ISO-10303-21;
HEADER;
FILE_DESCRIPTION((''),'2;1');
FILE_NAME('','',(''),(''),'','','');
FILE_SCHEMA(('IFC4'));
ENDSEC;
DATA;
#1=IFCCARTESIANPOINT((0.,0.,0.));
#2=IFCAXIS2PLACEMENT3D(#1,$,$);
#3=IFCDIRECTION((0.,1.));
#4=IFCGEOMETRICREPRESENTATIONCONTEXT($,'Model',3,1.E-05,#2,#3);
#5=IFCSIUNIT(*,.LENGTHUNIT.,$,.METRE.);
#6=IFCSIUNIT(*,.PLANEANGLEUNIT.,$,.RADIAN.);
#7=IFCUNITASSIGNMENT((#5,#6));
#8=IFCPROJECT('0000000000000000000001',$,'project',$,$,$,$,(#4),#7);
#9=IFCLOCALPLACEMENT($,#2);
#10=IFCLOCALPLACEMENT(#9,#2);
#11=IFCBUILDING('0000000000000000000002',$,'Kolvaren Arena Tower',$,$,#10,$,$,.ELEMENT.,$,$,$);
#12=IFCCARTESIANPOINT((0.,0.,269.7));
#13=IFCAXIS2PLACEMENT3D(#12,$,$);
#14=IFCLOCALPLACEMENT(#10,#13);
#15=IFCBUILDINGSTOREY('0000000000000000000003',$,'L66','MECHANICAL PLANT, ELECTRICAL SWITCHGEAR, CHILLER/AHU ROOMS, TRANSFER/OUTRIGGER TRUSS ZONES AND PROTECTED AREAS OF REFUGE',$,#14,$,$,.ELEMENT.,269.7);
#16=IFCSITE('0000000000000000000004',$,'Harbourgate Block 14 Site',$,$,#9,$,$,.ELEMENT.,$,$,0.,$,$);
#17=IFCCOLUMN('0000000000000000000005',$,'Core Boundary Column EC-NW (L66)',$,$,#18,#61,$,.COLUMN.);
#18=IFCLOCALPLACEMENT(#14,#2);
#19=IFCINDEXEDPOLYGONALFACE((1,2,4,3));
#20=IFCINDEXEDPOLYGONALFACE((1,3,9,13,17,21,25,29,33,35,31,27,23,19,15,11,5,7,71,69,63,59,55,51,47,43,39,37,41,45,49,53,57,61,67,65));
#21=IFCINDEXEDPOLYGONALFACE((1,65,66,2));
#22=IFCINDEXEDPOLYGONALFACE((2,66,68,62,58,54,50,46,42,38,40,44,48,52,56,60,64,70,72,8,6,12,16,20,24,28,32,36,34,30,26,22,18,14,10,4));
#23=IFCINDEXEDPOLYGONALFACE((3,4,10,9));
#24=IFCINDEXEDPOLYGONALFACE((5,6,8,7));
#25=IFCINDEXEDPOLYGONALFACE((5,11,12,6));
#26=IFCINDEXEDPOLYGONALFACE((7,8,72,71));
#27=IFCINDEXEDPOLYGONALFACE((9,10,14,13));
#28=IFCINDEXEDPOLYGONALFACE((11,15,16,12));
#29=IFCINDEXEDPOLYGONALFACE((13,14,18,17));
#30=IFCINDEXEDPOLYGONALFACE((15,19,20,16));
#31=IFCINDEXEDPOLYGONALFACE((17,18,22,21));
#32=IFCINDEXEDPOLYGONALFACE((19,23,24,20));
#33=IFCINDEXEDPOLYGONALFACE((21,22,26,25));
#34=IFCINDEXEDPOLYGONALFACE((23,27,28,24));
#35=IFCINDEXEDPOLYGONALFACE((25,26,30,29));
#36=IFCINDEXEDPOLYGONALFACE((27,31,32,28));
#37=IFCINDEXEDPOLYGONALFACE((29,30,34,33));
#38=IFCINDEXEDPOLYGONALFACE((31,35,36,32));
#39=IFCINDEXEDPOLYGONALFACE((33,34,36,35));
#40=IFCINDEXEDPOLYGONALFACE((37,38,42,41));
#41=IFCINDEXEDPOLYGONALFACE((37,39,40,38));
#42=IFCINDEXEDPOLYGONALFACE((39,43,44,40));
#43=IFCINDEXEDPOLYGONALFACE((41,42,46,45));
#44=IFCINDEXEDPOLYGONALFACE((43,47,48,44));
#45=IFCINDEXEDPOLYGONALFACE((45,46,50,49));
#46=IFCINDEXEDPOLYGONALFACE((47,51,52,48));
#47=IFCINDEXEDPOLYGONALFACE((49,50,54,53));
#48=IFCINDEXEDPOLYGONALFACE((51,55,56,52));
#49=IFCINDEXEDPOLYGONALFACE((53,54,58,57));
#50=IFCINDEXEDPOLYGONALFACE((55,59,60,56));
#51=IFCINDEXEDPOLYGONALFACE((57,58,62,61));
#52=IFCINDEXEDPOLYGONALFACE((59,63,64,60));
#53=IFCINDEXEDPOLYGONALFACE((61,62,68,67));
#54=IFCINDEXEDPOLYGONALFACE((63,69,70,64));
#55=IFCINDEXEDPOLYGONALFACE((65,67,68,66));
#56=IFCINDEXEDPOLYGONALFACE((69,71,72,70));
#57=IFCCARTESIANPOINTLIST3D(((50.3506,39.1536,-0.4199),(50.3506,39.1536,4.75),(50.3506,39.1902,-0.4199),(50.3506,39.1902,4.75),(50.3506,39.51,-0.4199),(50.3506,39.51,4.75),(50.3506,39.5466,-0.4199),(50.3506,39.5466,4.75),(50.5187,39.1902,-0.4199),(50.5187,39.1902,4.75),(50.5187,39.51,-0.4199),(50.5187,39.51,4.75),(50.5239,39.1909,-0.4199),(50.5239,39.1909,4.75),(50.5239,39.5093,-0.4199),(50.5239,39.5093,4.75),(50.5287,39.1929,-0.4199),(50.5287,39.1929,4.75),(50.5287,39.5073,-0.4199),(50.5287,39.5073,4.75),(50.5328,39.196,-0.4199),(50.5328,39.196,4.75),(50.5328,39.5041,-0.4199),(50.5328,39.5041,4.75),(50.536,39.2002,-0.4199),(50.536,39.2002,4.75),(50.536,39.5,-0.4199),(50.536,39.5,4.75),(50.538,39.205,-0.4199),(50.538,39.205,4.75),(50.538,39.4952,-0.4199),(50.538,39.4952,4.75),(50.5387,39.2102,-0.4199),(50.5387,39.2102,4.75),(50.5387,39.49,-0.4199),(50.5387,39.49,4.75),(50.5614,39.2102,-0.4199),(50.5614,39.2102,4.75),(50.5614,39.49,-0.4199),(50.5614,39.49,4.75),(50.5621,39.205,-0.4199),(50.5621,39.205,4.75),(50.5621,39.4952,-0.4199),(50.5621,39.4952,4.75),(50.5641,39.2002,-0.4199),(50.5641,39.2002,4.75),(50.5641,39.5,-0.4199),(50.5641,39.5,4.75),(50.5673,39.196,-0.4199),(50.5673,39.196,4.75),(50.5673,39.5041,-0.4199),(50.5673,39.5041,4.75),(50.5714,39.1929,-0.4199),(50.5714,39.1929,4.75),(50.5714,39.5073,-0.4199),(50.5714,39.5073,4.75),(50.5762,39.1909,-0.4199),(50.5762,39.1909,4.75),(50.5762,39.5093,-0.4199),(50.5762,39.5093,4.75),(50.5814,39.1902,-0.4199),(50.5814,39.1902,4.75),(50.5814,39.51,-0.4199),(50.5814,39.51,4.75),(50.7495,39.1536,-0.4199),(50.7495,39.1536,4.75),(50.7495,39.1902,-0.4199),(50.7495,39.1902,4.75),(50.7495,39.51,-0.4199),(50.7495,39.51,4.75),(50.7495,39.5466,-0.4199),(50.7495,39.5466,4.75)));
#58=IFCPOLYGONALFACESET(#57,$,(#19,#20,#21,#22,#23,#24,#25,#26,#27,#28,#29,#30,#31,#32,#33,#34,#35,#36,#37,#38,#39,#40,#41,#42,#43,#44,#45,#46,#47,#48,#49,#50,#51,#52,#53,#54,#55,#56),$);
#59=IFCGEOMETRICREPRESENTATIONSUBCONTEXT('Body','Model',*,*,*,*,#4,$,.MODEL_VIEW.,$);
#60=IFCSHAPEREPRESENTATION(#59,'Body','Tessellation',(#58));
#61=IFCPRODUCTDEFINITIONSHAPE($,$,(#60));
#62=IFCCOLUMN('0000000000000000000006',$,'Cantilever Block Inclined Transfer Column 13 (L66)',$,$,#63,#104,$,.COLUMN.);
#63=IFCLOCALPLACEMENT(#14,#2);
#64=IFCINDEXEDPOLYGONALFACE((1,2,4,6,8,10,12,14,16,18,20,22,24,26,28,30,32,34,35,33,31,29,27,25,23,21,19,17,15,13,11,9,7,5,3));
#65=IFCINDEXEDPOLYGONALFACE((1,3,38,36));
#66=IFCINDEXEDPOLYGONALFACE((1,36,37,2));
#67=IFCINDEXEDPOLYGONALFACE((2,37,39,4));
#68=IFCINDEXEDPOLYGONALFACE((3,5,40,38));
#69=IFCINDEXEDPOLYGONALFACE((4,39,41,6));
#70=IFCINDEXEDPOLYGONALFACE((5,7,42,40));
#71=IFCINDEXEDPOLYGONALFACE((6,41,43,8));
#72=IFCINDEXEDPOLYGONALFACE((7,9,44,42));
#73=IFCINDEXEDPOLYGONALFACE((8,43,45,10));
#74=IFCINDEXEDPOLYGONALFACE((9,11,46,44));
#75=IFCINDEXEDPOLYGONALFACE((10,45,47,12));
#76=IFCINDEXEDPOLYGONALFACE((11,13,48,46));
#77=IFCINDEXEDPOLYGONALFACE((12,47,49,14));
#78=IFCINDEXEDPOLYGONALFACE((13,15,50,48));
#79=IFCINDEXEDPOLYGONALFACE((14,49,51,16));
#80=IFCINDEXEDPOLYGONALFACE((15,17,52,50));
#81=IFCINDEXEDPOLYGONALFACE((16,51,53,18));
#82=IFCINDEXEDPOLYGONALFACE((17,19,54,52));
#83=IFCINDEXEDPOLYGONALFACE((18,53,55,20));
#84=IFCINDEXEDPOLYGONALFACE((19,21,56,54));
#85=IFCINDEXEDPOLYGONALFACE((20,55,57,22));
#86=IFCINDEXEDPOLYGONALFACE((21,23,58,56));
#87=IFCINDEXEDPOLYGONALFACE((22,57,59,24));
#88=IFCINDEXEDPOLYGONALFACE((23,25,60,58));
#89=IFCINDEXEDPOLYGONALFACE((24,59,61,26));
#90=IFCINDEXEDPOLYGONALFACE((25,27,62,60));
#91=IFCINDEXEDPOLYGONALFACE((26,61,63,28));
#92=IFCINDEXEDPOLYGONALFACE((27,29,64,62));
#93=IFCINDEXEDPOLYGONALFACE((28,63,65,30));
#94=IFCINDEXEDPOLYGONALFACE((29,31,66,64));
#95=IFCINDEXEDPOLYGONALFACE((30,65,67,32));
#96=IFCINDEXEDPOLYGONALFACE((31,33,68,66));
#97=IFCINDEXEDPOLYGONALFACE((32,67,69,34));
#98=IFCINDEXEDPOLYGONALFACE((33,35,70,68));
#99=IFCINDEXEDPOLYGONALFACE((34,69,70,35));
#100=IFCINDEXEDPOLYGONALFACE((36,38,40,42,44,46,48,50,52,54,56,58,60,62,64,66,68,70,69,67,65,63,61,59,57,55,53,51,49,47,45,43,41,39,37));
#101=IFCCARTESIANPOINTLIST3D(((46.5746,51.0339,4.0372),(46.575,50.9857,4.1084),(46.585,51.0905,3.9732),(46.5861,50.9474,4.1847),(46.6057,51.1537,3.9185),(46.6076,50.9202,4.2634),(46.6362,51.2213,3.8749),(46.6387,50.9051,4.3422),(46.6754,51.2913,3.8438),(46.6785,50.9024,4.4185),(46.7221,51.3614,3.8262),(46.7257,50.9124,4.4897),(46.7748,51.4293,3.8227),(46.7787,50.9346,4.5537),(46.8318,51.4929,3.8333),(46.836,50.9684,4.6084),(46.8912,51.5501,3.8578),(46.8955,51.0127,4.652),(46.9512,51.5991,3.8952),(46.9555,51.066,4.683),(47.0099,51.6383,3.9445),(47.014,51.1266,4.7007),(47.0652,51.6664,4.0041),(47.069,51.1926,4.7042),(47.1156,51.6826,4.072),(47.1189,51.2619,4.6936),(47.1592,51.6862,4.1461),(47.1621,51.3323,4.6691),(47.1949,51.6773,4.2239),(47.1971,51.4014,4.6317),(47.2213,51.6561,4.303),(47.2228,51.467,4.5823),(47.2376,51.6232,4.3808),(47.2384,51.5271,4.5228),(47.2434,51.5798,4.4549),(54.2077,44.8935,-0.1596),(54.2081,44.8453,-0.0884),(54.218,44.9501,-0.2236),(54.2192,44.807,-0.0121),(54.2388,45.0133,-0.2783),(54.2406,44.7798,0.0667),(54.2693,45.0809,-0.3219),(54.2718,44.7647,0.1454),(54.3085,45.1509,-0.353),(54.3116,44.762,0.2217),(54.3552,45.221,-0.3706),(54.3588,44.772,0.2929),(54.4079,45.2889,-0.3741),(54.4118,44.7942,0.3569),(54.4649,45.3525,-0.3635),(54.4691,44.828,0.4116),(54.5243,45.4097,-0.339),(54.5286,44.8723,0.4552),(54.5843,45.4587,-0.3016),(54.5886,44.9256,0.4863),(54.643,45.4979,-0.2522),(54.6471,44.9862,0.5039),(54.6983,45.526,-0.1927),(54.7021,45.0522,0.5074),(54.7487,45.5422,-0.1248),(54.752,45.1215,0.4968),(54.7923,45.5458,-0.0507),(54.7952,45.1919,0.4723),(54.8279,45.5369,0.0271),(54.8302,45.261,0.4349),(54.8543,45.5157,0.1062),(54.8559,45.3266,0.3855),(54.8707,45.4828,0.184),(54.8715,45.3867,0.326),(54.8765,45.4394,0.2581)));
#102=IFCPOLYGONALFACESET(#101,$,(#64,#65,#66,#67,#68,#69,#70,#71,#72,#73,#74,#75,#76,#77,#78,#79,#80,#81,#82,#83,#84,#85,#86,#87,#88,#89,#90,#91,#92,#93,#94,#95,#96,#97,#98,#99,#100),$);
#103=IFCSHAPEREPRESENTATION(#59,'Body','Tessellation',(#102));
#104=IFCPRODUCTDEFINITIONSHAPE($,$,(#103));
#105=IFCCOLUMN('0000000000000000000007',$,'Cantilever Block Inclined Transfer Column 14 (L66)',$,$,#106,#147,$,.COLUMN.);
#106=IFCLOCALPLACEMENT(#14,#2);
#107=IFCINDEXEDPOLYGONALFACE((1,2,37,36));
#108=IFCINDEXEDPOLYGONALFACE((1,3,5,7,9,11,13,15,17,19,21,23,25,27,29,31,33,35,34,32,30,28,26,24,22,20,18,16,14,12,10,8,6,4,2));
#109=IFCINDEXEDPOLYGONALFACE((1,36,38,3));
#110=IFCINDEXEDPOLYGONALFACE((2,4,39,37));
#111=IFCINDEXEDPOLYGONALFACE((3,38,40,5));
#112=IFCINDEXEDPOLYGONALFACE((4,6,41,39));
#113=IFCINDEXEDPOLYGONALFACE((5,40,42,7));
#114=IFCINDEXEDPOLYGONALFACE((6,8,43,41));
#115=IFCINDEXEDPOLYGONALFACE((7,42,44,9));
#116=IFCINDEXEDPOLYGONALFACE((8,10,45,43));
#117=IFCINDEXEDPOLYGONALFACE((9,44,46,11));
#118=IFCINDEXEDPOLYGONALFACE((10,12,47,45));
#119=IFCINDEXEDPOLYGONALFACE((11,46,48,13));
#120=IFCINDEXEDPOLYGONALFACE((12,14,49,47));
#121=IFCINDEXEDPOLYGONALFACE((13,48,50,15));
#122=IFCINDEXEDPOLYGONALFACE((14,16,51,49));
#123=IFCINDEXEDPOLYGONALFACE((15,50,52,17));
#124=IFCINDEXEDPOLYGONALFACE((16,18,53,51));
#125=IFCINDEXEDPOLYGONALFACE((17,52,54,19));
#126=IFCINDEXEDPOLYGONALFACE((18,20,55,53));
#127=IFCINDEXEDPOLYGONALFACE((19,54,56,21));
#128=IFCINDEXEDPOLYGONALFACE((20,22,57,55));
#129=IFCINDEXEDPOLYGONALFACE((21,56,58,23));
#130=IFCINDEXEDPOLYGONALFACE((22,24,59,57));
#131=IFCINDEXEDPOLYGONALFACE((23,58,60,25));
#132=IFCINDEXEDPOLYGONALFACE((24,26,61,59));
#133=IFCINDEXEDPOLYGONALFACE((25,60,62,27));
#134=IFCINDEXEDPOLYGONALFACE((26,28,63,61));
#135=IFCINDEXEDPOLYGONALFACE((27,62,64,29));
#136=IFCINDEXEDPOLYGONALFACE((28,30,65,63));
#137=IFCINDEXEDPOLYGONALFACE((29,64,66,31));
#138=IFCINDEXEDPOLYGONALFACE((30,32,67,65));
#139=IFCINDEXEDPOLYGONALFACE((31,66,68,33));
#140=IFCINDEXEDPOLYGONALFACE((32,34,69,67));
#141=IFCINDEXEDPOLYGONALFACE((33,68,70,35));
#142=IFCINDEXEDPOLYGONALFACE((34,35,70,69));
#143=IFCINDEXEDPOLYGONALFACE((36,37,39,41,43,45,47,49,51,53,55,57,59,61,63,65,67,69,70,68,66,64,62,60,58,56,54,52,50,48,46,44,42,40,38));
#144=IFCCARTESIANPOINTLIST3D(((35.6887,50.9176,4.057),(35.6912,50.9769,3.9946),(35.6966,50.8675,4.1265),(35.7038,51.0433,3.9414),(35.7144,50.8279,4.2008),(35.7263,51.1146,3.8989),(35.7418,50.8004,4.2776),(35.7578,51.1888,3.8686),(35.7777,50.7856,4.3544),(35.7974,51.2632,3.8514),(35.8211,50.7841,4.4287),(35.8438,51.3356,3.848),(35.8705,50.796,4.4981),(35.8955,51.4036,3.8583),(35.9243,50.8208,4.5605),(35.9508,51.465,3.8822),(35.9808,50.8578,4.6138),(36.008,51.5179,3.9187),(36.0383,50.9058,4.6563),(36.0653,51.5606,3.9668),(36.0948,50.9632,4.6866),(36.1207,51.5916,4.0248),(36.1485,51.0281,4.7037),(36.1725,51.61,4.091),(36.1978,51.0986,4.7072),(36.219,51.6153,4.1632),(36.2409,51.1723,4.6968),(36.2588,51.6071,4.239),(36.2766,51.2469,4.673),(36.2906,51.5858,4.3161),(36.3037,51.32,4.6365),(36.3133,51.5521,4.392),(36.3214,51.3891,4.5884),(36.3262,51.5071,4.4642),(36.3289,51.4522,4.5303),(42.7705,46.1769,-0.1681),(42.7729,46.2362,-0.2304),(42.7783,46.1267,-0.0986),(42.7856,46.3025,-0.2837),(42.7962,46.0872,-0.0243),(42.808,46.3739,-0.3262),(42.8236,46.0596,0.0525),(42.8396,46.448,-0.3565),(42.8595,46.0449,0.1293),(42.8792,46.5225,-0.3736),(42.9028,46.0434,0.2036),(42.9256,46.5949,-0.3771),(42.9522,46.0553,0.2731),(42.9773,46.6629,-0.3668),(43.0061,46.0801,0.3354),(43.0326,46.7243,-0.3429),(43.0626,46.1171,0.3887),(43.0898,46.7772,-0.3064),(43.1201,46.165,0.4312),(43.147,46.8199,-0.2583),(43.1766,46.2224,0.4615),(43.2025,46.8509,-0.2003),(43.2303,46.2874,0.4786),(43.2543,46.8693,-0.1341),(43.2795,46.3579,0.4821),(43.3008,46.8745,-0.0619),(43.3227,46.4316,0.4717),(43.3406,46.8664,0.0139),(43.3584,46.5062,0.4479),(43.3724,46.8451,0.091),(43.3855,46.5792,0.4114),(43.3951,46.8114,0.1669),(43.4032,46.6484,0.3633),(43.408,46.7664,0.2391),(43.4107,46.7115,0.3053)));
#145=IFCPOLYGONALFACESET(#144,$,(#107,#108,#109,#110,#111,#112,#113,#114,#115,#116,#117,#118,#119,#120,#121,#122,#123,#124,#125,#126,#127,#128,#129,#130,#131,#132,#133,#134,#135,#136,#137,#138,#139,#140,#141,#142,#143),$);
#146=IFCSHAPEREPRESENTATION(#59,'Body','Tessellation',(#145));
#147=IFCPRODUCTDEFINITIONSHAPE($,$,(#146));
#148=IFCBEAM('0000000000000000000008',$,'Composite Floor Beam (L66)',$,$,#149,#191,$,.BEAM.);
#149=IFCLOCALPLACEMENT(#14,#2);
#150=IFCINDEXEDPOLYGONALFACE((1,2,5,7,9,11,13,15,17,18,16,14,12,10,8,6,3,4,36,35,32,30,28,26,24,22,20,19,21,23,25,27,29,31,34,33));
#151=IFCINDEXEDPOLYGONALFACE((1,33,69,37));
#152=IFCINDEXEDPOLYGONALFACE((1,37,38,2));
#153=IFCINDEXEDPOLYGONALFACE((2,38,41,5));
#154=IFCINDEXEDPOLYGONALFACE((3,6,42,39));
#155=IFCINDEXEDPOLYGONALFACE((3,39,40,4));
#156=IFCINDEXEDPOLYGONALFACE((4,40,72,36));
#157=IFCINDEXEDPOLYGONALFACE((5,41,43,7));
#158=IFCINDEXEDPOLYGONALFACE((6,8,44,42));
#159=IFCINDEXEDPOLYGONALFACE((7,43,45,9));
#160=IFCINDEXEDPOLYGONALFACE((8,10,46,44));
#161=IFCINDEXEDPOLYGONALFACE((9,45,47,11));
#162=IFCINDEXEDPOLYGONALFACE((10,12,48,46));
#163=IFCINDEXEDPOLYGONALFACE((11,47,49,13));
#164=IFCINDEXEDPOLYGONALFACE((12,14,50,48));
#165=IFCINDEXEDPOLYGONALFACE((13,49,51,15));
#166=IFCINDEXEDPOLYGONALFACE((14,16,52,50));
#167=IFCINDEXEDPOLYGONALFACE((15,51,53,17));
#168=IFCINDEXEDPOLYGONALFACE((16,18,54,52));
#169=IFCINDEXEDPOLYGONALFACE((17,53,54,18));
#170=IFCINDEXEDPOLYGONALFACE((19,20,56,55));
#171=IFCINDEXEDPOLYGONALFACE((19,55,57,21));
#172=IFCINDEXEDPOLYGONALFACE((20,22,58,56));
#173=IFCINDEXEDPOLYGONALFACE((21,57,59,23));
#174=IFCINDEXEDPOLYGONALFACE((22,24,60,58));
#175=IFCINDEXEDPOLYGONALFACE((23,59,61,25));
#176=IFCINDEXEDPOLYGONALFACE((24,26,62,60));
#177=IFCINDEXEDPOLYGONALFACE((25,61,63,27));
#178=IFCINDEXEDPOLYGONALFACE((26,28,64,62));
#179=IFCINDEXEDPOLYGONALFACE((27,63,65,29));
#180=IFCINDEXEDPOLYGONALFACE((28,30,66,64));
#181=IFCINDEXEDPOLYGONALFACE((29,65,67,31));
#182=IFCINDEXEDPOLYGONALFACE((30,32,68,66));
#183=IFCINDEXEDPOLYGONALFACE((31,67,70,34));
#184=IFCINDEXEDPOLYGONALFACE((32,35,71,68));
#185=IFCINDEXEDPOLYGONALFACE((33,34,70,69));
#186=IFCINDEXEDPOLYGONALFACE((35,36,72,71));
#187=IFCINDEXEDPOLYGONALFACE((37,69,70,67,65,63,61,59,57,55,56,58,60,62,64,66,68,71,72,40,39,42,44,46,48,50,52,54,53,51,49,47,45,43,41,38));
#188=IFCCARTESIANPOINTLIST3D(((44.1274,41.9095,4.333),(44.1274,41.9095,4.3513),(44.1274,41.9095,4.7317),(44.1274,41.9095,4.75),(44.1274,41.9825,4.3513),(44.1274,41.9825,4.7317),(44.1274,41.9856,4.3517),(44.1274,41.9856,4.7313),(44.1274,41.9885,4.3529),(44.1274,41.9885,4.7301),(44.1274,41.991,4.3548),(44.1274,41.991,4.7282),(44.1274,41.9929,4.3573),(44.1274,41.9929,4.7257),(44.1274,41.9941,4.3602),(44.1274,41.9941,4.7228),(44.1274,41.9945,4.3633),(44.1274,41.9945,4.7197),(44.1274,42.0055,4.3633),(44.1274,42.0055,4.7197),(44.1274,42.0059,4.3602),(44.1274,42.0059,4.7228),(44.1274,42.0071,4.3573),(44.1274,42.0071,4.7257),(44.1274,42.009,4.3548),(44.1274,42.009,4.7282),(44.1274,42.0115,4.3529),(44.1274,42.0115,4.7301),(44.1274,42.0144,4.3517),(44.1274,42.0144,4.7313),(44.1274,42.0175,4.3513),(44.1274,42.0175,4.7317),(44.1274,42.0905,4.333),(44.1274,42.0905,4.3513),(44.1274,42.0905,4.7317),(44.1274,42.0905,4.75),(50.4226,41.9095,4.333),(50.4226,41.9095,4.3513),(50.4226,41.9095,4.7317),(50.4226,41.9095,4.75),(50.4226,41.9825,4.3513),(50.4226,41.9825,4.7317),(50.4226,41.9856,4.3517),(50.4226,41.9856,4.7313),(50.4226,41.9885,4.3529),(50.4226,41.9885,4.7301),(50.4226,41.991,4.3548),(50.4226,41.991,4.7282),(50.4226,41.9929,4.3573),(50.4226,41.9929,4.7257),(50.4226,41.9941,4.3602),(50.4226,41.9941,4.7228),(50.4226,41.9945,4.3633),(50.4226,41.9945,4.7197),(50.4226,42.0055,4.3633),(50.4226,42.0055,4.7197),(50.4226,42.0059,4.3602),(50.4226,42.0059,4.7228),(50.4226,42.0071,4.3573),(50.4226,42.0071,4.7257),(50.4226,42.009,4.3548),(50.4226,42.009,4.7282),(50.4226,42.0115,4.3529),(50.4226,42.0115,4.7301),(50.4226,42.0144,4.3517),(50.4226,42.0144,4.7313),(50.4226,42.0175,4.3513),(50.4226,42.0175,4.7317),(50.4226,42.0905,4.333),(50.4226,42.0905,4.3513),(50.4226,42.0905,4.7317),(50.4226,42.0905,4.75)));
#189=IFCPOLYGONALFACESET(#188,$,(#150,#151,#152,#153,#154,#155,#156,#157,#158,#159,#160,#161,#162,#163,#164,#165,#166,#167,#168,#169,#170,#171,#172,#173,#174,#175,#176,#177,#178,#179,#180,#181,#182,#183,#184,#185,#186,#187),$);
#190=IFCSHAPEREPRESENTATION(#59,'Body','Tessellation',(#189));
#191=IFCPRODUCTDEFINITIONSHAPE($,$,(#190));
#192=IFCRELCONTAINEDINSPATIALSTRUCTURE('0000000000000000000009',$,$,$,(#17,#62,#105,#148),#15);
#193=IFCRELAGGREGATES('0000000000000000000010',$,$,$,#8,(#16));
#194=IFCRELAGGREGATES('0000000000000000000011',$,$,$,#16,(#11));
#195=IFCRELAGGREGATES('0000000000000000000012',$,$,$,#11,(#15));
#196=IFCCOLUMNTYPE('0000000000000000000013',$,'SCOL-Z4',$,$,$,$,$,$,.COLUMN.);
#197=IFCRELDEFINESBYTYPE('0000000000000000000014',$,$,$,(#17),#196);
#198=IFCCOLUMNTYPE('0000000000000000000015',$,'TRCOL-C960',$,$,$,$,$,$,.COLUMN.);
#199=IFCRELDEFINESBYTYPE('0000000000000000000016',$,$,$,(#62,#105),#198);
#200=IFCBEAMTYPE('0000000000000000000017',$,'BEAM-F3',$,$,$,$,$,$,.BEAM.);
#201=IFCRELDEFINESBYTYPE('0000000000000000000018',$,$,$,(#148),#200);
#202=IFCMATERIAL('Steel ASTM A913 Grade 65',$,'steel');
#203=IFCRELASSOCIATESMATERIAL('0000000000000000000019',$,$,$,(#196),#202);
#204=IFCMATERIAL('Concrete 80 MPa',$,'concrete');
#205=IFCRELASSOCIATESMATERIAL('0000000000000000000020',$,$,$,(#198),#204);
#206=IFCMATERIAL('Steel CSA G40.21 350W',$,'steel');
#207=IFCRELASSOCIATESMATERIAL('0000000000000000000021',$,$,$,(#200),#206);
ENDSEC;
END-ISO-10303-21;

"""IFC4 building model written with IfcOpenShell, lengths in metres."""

from ifc_helpers import new_model, si_unit, direction, frame, origin, origin_2d, place, context, subcontext, project, spatial, circle, i_section, extrude, material, material_profile, profile_set, type_object, element, save


model = new_model("IFC4")

# Units and contexts
model_context = context("Model", 3, precision=1e-05, world=origin(), true_north=direction((0.0, 1.0)))
body_context = subcontext(model_context, "Body", "Model", "MODEL_VIEW")
ifc_project = project(units=[si_unit("LENGTHUNIT", "METRE"), si_unit("PLANEANGLEUNIT", "RADIAN")], contexts=[model_context])

# Site, building, storey
site_placement = place(None, origin())
site = spatial("IfcSite", under=ifc_project, at=site_placement, Name="Harbourgate Block 14 Site", CompositionType="ELEMENT", RefElevation=0.0)
building_placement = place(site_placement, origin())
building = spatial("IfcBuilding", under=site, at=building_placement, Name="Kolvaren Arena Tower", CompositionType="ELEMENT")
storey_placement = place(building_placement, frame((0.0, 0.0, 269.7)))
storey = spatial("IfcBuildingStorey", under=building, at=storey_placement, Name="L66", Description="MECHANICAL PLANT, ELECTRICAL SWITCHGEAR, CHILLER/AHU ROOMS, TRANSFER/OUTRIGGER TRUSS ZONES AND PROTECTED AREAS OF REFUGE", CompositionType="ELEMENT", Elevation=269.7)

# Columns
ifc_material_1 = material(Name="Steel ASTM A913 Grade 65", Category="steel")
ifc_material_profile_1 = material_profile(ifc_material_1, i_section(OverallWidth=0.3989, OverallDepth=0.3931, WebThickness=0.0227, FlangeThickness=0.0366, FilletRadius=0.02, at=origin_2d()), Name="W360x287")
ifc_profile_set_1 = profile_set([ifc_material_profile_1], Name="Steel ASTM A913 Grade 65")
column_type_1 = type_object("IfcColumnType", Name="SCOL-Z4", PredefinedType="COLUMN", material=ifc_profile_set_1)
column_1_placement = place(storey_placement, frame((50.55, 39.3501, -0.4199), z_axis=(0.0, 0.0, 1.0), x_axis=(1.0, 0.0, 0.0)))
element("IfcColumn", 1, at=column_1_placement, inside=storey, type_object=column_type_1, Name="Core Boundary Column EC-NW (L66)", PredefinedType="COLUMN", context=body_context, shape_type="SweptSolid", body=[
    extrude(i_section(OverallWidth=0.3989, OverallDepth=0.3931, WebThickness=0.0227, FlangeThickness=0.0366, FilletRadius=0.02, at=origin_2d()), origin(), (0.0, 0.0, 1.0), 5.1699),
])
ifc_material_2 = material(Name="Concrete 80 MPa", Category="concrete")
ifc_material_profile_2 = material_profile(ifc_material_2, circle(Radius=0.48, at=origin_2d()), Name="RC-CIRC-960")
ifc_profile_set_2 = profile_set([ifc_material_profile_2], Name="Concrete 80 MPa")
column_type_2 = type_object("IfcColumnType", Name="TRCOL-C960", PredefinedType="COLUMN", material=ifc_profile_set_2)
column_2_placement = place(storey_placement, frame((54.5415, 45.1538, 0.0667), z_axis=(-0.716219, 0.57616, 0.393789), x_axis=(-0.626805, -0.779176, 0.0)))
element("IfcColumn", 2, at=column_2_placement, inside=storey, type_object=column_type_2, Name="Cantilever Block Inclined Transfer Column 13 (L66)", PredefinedType="COLUMN", context=body_context, shape_type="SweptSolid", body=[
    extrude(circle(Radius=0.48, at=origin_2d()), origin(), (0.0, 0.0, 1.0), 10.6575),
])
column_3_placement = place(storey_placement, frame((43.0906, 46.4585, 0.0525), z_axis=(-0.744513, 0.498395, 0.444187), x_axis=(-0.556286, -0.830991, 0.0)))
element("IfcColumn", 3, at=column_3_placement, inside=storey, type_object=column_type_2, Name="Cantilever Block Inclined Transfer Column 14 (L66)", PredefinedType="COLUMN", context=body_context, shape_type="SweptSolid", body=[
    extrude(circle(Radius=0.48, at=origin_2d()), origin(), (0.0, 0.0, 1.0), 9.512),
])

# Beam
ifc_material_3 = material(Name="Steel CSA G40.21 350W", Category="steel")
ifc_material_profile_3 = material_profile(ifc_material_3, i_section(OverallWidth=0.1809, OverallDepth=0.417, WebThickness=0.011, FlangeThickness=0.0183, FilletRadius=0.012, at=origin_2d()), Name="W410x85")
ifc_profile_set_3 = profile_set([ifc_material_profile_3], Name="Steel CSA G40.21 350W")
beam_type_1 = type_object("IfcBeamType", Name="BEAM-F3", PredefinedType="BEAM", material=ifc_profile_set_3)
beam_1_placement = place(storey_placement, frame((44.1274, 42.0, 4.5415), z_axis=(1.0, 0.0, 0.0), x_axis=(0.0, 1.0, 0.0)))
element("IfcBeam", 4, at=beam_1_placement, inside=storey, type_object=beam_type_1, Name="Composite Floor Beam (L66)", PredefinedType="BEAM", context=body_context, shape_type="SweptSolid", body=[
    extrude(i_section(OverallWidth=0.1809, OverallDepth=0.417, WebThickness=0.011, FlangeThickness=0.0183, FilletRadius=0.012, at=origin_2d()), origin(), (0.0, 0.0, 1.0), 6.2952),
])

save(model, "model.ifc")
